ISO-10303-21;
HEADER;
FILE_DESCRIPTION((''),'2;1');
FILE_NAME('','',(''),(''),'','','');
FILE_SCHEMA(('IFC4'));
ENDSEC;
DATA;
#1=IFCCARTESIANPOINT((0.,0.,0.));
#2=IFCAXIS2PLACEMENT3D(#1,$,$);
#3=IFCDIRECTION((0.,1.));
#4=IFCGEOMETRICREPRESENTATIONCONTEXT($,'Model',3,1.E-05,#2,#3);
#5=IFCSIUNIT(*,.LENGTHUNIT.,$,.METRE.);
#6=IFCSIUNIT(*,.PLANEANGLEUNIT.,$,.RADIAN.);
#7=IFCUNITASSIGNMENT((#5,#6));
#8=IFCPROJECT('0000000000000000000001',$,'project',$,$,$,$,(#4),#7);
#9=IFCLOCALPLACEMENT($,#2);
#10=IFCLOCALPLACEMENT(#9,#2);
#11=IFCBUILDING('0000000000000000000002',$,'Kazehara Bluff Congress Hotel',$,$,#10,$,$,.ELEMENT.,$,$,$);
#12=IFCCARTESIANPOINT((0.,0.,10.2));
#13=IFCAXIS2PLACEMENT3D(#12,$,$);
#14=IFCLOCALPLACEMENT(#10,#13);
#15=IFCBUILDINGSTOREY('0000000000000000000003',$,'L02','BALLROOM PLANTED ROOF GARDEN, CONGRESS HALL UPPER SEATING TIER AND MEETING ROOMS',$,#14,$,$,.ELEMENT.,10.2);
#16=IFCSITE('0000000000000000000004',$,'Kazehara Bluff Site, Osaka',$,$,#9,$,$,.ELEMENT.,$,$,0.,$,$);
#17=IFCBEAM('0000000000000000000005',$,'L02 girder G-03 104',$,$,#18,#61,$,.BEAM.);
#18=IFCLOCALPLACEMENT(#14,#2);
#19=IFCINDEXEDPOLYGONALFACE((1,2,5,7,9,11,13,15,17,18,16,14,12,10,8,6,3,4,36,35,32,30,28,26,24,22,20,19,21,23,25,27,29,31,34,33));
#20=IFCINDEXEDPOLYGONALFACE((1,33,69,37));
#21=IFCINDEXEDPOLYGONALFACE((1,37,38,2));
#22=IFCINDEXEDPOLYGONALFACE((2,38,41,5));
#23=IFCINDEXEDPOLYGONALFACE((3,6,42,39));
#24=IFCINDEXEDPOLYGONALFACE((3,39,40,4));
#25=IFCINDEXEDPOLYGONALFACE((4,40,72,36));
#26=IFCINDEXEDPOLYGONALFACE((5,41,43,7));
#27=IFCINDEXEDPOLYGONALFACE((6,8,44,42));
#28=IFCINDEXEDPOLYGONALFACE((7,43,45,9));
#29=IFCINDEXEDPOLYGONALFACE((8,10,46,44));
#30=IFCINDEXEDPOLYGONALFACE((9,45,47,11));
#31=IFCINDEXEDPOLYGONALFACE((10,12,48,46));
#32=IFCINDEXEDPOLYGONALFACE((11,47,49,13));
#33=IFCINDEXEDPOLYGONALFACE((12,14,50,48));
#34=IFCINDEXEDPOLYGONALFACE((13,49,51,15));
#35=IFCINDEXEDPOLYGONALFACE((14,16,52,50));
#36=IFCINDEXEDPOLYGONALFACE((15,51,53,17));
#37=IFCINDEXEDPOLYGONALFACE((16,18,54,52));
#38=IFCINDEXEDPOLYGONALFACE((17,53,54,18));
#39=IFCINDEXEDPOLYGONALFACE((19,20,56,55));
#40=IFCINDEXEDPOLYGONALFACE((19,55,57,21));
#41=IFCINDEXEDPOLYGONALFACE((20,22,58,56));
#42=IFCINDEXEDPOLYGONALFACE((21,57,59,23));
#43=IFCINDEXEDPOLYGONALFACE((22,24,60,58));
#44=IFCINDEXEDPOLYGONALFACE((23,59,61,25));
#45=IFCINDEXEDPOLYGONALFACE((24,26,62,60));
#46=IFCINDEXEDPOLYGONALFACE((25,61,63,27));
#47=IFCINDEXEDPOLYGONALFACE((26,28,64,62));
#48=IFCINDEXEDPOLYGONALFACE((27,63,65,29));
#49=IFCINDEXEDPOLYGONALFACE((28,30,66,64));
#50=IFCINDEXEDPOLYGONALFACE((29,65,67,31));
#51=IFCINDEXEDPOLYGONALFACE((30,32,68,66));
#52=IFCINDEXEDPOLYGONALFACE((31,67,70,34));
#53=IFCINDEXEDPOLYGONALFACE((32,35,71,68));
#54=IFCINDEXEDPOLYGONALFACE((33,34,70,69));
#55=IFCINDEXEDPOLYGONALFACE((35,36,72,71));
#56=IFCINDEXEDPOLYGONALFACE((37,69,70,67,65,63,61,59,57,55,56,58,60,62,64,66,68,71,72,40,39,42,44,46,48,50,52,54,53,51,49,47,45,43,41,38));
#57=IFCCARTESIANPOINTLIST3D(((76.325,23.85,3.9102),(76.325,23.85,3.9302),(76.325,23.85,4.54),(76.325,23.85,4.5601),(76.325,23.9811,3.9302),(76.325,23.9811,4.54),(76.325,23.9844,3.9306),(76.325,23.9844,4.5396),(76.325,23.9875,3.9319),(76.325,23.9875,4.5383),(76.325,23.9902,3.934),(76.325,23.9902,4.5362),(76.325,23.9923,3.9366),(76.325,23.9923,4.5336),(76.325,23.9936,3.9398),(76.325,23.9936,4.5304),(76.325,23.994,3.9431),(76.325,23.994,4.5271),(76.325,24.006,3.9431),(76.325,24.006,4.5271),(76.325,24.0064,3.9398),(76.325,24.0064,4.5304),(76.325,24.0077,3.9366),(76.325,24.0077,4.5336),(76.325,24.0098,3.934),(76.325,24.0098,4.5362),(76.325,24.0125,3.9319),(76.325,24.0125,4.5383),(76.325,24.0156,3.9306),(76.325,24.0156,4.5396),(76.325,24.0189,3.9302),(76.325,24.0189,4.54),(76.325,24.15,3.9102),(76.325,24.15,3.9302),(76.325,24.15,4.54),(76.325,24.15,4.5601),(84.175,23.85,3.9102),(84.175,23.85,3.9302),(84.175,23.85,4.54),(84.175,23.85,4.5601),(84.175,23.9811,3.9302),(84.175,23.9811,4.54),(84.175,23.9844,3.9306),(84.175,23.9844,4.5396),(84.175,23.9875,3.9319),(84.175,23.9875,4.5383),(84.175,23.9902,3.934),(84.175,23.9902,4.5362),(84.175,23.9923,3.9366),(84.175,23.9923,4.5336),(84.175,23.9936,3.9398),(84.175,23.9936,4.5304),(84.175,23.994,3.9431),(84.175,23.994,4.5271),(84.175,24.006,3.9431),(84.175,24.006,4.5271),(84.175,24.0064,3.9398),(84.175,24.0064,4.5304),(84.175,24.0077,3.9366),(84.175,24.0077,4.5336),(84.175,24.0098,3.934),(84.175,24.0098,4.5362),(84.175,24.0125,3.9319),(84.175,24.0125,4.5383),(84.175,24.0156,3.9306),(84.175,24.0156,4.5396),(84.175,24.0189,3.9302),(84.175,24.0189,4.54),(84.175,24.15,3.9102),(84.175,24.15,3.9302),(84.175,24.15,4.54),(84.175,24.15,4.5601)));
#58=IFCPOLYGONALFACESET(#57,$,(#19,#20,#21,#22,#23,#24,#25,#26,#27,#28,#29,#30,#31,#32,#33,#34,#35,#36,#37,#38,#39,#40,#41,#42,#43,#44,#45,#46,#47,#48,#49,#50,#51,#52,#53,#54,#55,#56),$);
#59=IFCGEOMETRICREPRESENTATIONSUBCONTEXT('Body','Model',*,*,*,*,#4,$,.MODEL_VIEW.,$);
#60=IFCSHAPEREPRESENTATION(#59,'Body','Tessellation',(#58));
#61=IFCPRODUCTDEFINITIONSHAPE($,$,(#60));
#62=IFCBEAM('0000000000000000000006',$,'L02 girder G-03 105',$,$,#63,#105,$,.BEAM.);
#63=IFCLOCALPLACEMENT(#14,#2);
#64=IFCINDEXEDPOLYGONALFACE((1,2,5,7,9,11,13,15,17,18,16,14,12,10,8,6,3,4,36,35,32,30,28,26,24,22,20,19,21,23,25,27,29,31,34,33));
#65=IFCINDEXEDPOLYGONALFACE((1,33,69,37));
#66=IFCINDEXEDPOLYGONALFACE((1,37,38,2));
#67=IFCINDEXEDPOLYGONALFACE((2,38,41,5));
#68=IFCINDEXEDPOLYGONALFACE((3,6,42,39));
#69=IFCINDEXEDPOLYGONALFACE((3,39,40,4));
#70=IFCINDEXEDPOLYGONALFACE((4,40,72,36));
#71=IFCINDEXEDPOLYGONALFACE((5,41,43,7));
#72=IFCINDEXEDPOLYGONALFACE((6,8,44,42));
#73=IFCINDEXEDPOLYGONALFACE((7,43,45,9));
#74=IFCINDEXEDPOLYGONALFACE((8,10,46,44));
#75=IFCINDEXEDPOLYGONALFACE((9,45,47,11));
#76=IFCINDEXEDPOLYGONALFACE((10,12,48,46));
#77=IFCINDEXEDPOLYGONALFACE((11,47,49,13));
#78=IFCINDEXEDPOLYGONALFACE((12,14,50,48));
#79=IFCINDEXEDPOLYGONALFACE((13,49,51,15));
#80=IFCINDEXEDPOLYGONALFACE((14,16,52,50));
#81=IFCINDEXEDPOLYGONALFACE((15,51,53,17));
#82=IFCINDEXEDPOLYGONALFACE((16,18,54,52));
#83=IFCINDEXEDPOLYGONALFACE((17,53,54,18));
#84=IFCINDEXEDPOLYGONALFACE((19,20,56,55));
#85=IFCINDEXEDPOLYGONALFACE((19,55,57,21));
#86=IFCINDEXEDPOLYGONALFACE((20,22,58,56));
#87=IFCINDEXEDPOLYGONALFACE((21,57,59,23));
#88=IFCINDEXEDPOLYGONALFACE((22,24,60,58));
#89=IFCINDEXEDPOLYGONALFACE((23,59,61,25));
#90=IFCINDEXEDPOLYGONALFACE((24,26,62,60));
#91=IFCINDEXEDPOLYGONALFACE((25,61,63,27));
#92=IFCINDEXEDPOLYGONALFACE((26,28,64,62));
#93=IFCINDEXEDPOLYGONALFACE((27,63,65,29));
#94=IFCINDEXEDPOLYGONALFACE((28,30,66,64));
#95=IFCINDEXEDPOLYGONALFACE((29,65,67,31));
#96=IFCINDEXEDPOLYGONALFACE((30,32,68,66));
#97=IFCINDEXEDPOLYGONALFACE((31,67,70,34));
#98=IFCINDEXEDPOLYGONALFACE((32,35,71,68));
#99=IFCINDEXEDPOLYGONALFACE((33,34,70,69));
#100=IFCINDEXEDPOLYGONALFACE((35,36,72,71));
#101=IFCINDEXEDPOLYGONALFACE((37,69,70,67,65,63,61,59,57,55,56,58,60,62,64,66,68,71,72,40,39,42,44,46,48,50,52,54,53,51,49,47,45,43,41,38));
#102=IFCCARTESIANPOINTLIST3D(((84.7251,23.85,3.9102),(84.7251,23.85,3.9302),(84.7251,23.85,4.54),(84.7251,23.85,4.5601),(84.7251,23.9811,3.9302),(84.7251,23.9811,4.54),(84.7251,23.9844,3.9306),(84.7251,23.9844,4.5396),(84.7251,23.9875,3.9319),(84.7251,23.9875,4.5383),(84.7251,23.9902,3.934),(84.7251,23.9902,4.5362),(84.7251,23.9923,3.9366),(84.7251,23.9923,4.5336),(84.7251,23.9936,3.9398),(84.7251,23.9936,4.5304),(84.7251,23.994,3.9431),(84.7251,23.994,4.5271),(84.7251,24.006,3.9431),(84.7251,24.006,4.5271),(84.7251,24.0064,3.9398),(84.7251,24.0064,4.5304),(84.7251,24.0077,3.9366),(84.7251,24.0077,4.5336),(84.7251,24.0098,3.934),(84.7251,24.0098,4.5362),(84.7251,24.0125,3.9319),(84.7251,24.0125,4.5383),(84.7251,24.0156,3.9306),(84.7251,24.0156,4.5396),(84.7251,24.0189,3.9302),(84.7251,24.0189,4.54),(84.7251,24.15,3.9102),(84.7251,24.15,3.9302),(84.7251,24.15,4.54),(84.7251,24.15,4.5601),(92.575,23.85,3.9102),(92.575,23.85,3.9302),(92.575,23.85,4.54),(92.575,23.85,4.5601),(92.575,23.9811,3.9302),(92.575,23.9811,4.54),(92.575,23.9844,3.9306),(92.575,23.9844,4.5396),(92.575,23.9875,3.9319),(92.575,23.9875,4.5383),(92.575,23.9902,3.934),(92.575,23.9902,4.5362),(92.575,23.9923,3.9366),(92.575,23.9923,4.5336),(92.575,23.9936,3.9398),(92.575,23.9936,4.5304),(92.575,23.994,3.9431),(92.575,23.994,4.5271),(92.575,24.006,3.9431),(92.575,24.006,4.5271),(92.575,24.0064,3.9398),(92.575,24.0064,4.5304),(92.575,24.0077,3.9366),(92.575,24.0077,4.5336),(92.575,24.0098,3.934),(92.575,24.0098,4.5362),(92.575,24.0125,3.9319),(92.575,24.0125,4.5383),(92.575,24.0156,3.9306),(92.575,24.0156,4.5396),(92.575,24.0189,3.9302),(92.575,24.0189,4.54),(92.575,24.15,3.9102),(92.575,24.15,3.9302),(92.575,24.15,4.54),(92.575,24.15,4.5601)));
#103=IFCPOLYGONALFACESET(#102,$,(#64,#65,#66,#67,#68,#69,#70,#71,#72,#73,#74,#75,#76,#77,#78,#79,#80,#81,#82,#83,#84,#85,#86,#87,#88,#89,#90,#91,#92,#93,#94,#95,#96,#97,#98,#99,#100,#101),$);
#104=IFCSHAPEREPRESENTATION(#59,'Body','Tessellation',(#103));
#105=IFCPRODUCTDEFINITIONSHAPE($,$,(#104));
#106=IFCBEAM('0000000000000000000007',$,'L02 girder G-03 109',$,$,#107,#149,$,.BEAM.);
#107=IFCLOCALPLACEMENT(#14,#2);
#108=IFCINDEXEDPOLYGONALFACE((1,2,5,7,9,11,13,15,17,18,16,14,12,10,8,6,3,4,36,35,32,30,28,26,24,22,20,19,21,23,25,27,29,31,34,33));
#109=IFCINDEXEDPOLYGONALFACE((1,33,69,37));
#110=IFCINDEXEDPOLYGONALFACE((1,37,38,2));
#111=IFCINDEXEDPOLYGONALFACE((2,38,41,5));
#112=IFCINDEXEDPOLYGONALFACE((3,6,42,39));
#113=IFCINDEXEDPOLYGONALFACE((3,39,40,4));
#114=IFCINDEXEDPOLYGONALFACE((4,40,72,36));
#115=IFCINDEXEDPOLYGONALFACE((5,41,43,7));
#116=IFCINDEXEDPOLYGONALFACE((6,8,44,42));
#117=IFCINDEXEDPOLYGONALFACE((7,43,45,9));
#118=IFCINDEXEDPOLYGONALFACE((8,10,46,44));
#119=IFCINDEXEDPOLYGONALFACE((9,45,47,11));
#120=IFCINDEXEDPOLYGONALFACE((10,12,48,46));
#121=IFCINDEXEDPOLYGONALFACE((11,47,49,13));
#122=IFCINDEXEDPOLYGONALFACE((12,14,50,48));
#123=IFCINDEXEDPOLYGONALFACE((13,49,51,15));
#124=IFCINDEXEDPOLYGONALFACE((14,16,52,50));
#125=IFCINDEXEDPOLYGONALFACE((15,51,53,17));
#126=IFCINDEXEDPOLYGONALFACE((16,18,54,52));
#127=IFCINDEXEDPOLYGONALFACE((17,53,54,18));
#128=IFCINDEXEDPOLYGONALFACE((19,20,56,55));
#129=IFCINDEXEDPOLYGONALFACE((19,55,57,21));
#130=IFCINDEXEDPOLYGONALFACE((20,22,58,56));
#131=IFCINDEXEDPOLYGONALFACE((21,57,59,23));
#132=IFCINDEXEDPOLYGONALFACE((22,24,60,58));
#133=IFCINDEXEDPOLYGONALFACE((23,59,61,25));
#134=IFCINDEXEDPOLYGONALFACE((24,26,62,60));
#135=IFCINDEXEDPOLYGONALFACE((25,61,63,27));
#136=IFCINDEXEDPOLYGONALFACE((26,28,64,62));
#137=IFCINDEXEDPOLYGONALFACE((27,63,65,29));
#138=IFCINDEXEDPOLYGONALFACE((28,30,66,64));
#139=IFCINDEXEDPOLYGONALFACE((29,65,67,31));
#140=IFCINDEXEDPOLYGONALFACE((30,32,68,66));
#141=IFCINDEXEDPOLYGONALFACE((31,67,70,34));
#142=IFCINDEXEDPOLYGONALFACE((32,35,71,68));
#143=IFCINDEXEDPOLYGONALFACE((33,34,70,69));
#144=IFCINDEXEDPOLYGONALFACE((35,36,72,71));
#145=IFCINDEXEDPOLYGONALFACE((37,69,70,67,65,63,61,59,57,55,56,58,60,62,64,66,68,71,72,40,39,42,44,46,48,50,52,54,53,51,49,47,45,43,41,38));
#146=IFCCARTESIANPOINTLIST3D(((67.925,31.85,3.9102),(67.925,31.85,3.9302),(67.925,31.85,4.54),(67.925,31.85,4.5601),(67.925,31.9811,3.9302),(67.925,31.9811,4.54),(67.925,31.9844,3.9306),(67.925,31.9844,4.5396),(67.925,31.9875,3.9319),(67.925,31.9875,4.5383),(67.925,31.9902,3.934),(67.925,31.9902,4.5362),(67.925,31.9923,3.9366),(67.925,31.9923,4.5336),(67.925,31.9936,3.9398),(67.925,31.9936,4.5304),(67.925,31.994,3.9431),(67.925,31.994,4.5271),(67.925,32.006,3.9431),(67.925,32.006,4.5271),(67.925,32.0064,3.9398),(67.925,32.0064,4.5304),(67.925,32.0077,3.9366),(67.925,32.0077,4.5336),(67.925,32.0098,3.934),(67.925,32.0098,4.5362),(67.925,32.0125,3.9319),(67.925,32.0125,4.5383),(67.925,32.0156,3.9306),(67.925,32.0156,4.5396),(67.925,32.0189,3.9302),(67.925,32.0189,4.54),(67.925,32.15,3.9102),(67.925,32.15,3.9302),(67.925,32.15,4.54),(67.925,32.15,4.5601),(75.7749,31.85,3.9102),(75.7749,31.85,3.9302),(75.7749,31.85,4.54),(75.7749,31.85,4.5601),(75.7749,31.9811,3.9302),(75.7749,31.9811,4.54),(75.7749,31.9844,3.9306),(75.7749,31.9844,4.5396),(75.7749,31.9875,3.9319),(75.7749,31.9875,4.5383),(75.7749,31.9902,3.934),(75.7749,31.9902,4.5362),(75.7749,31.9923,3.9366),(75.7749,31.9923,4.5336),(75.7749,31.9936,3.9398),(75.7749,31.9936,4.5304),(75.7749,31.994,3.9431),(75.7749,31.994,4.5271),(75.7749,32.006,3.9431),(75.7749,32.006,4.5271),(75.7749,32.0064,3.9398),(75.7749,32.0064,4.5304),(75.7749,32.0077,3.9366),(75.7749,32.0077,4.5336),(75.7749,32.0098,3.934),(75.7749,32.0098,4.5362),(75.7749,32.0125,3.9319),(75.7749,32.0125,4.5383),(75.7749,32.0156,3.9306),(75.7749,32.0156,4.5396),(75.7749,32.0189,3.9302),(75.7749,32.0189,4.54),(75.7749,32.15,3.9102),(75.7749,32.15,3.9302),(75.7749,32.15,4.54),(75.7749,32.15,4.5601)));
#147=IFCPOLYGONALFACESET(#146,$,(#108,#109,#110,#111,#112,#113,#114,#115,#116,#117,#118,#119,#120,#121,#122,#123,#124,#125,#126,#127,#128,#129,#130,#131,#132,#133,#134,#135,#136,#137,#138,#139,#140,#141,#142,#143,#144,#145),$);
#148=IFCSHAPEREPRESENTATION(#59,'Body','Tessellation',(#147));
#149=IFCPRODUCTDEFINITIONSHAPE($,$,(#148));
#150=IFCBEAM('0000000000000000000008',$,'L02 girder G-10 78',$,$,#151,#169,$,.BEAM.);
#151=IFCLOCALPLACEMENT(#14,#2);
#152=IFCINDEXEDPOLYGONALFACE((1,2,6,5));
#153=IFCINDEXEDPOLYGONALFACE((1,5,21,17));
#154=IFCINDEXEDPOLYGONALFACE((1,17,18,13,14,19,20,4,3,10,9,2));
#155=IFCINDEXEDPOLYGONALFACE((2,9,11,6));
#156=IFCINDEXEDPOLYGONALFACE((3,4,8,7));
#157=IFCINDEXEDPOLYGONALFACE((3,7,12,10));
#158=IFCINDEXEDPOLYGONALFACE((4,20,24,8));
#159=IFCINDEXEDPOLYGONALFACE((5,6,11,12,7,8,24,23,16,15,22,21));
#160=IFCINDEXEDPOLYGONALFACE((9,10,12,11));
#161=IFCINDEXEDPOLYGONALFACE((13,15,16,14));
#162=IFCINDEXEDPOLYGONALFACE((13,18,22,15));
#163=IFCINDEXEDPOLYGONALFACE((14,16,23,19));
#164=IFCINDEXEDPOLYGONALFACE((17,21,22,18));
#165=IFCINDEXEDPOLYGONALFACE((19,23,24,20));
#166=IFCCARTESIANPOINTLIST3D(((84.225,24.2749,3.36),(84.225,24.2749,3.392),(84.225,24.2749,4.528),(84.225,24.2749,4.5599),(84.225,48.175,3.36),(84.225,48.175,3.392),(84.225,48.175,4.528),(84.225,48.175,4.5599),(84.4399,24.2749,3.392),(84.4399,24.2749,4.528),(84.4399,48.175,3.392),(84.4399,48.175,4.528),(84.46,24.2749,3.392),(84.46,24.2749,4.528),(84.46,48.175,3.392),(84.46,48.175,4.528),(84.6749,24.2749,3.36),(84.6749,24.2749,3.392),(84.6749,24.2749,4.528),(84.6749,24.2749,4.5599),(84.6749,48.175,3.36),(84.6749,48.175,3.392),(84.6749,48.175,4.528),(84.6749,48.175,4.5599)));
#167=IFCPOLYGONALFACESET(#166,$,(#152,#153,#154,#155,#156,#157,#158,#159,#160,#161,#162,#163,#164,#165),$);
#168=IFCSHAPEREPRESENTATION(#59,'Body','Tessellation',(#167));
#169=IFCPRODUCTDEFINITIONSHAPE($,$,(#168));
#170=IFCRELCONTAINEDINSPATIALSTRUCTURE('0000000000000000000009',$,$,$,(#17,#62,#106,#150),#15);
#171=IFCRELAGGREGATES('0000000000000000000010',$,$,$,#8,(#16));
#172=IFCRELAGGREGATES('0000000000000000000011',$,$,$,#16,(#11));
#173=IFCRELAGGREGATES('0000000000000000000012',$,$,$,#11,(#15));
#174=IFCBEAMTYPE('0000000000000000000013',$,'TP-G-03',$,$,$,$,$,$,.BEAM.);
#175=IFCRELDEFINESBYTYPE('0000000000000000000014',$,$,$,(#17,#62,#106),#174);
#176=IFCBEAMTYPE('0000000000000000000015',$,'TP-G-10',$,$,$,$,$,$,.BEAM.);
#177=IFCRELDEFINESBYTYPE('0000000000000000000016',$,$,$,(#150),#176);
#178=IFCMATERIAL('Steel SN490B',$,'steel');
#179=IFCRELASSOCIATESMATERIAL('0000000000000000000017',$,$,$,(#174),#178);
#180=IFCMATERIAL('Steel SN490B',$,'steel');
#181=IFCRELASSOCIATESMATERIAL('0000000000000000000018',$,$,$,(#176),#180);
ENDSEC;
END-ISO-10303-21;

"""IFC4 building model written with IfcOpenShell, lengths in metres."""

from ifc_helpers import new_model, si_unit, direction, frame, origin, origin_2d, place, context, subcontext, project, spatial, i_section, extrude, material, material_profile, profile_set, type_object, element, save


model = new_model("IFC4")

# Units and contexts
model_context = context("Model", 3, precision=1e-05, world=origin(), true_north=direction((0.0, 1.0)))
body_context = subcontext(model_context, "Body", "Model", "MODEL_VIEW")
ifc_project = project(units=[si_unit("LENGTHUNIT", "METRE"), si_unit("PLANEANGLEUNIT", "RADIAN")], contexts=[model_context])

# Site, building, storey
site_placement = place(None, origin())
site = spatial("IfcSite", under=ifc_project, at=site_placement, Name="Kazehara Bluff Site, Osaka", CompositionType="ELEMENT", RefElevation=0.0)
building_placement = place(site_placement, origin())
building = spatial("IfcBuilding", under=site, at=building_placement, Name="Kazehara Bluff Congress Hotel", CompositionType="ELEMENT")
storey_placement = place(building_placement, frame((0.0, 0.0, 10.2)))
storey = spatial("IfcBuildingStorey", under=building, at=storey_placement, Name="L02", Description="BALLROOM PLANTED ROOF GARDEN, CONGRESS HALL UPPER SEATING TIER AND MEETING ROOMS", CompositionType="ELEMENT", Elevation=10.2)

# Beams
ifc_material_1 = material(Name="Steel SN490B", Category="steel")
ifc_material_profile_1 = material_profile(ifc_material_1, i_section(OverallWidth=0.3, OverallDepth=0.6499, WebThickness=0.012, FlangeThickness=0.02, FilletRadius=0.0129, at=origin_2d()))
ifc_profile_set_1 = profile_set([ifc_material_profile_1], Name="Steel SN490B")
beam_type_1 = type_object("IfcBeamType", Name="TP-G-03", PredefinedType="BEAM", material=ifc_profile_set_1)
beam_1_placement = place(storey_placement, frame((76.325, 24.0, 4.2351), z_axis=(1.0, 0.0, 0.0), x_axis=(0.0, 1.0, 0.0)))
element("IfcBeam", 1, at=beam_1_placement, inside=storey, type_object=beam_type_1, Name="L02 girder G-03 104", PredefinedType="BEAM", context=body_context, shape_type="SweptSolid", body=[
    extrude(i_section(OverallWidth=0.3, OverallDepth=0.6499, WebThickness=0.012, FlangeThickness=0.02, FilletRadius=0.0129, at=origin_2d()), origin(), (0.0, 0.0, 1.0), 7.8501),
])
for number, where, z_axis, x_axis, name in (
    (2, (84.7251, 24.0, 4.2351), (1.0, 0.0, 0.0), (0.0, 1.0, 0.0), "L02 girder G-03 105"),
    (3, (67.925, 32.0, 4.2351), (1.0, 0.0, 0.0), (0.0, 1.0, 0.0), "L02 girder G-03 109"),
):
    element("IfcBeam", number, at=place(storey_placement, frame(where, z_axis=z_axis, x_axis=x_axis)), inside=storey, type_object=beam_type_1, Name=name, PredefinedType="BEAM", context=body_context, shape_type="SweptSolid", body=[
        extrude(i_section(OverallWidth=0.3, OverallDepth=0.6499, WebThickness=0.012, FlangeThickness=0.02, FilletRadius=0.0129, at=origin_2d()), origin(), (0.0, 0.0, 1.0), 7.8499),
    ])
ifc_material_2 = material(Name="Steel SN490B", Category="steel")
ifc_material_profile_2 = material_profile(ifc_material_2, i_section(OverallWidth=0.45, OverallDepth=1.2, WebThickness=0.02, FlangeThickness=0.032, at=origin_2d()))
ifc_profile_set_2 = profile_set([ifc_material_profile_2], Name="Steel SN490B")
beam_type_2 = type_object("IfcBeamType", Name="TP-G-10", PredefinedType="BEAM", material=ifc_profile_set_2)
beam_2_placement = place(storey_placement, frame((84.45, 24.2749, 3.96), z_axis=(0.0, 1.0, 0.0), x_axis=(-1.0, 0.0, 0.0)))
element("IfcBeam", 4, at=beam_2_placement, inside=storey, type_object=beam_type_2, Name="L02 girder G-10 78", PredefinedType="BEAM", context=body_context, shape_type="SweptSolid", body=[
    extrude(i_section(OverallWidth=0.45, OverallDepth=1.2, WebThickness=0.02, FlangeThickness=0.032, at=origin_2d()), origin(), (0.0, 0.0, 1.0), 23.9001),
])

save(model, "model.ifc")
